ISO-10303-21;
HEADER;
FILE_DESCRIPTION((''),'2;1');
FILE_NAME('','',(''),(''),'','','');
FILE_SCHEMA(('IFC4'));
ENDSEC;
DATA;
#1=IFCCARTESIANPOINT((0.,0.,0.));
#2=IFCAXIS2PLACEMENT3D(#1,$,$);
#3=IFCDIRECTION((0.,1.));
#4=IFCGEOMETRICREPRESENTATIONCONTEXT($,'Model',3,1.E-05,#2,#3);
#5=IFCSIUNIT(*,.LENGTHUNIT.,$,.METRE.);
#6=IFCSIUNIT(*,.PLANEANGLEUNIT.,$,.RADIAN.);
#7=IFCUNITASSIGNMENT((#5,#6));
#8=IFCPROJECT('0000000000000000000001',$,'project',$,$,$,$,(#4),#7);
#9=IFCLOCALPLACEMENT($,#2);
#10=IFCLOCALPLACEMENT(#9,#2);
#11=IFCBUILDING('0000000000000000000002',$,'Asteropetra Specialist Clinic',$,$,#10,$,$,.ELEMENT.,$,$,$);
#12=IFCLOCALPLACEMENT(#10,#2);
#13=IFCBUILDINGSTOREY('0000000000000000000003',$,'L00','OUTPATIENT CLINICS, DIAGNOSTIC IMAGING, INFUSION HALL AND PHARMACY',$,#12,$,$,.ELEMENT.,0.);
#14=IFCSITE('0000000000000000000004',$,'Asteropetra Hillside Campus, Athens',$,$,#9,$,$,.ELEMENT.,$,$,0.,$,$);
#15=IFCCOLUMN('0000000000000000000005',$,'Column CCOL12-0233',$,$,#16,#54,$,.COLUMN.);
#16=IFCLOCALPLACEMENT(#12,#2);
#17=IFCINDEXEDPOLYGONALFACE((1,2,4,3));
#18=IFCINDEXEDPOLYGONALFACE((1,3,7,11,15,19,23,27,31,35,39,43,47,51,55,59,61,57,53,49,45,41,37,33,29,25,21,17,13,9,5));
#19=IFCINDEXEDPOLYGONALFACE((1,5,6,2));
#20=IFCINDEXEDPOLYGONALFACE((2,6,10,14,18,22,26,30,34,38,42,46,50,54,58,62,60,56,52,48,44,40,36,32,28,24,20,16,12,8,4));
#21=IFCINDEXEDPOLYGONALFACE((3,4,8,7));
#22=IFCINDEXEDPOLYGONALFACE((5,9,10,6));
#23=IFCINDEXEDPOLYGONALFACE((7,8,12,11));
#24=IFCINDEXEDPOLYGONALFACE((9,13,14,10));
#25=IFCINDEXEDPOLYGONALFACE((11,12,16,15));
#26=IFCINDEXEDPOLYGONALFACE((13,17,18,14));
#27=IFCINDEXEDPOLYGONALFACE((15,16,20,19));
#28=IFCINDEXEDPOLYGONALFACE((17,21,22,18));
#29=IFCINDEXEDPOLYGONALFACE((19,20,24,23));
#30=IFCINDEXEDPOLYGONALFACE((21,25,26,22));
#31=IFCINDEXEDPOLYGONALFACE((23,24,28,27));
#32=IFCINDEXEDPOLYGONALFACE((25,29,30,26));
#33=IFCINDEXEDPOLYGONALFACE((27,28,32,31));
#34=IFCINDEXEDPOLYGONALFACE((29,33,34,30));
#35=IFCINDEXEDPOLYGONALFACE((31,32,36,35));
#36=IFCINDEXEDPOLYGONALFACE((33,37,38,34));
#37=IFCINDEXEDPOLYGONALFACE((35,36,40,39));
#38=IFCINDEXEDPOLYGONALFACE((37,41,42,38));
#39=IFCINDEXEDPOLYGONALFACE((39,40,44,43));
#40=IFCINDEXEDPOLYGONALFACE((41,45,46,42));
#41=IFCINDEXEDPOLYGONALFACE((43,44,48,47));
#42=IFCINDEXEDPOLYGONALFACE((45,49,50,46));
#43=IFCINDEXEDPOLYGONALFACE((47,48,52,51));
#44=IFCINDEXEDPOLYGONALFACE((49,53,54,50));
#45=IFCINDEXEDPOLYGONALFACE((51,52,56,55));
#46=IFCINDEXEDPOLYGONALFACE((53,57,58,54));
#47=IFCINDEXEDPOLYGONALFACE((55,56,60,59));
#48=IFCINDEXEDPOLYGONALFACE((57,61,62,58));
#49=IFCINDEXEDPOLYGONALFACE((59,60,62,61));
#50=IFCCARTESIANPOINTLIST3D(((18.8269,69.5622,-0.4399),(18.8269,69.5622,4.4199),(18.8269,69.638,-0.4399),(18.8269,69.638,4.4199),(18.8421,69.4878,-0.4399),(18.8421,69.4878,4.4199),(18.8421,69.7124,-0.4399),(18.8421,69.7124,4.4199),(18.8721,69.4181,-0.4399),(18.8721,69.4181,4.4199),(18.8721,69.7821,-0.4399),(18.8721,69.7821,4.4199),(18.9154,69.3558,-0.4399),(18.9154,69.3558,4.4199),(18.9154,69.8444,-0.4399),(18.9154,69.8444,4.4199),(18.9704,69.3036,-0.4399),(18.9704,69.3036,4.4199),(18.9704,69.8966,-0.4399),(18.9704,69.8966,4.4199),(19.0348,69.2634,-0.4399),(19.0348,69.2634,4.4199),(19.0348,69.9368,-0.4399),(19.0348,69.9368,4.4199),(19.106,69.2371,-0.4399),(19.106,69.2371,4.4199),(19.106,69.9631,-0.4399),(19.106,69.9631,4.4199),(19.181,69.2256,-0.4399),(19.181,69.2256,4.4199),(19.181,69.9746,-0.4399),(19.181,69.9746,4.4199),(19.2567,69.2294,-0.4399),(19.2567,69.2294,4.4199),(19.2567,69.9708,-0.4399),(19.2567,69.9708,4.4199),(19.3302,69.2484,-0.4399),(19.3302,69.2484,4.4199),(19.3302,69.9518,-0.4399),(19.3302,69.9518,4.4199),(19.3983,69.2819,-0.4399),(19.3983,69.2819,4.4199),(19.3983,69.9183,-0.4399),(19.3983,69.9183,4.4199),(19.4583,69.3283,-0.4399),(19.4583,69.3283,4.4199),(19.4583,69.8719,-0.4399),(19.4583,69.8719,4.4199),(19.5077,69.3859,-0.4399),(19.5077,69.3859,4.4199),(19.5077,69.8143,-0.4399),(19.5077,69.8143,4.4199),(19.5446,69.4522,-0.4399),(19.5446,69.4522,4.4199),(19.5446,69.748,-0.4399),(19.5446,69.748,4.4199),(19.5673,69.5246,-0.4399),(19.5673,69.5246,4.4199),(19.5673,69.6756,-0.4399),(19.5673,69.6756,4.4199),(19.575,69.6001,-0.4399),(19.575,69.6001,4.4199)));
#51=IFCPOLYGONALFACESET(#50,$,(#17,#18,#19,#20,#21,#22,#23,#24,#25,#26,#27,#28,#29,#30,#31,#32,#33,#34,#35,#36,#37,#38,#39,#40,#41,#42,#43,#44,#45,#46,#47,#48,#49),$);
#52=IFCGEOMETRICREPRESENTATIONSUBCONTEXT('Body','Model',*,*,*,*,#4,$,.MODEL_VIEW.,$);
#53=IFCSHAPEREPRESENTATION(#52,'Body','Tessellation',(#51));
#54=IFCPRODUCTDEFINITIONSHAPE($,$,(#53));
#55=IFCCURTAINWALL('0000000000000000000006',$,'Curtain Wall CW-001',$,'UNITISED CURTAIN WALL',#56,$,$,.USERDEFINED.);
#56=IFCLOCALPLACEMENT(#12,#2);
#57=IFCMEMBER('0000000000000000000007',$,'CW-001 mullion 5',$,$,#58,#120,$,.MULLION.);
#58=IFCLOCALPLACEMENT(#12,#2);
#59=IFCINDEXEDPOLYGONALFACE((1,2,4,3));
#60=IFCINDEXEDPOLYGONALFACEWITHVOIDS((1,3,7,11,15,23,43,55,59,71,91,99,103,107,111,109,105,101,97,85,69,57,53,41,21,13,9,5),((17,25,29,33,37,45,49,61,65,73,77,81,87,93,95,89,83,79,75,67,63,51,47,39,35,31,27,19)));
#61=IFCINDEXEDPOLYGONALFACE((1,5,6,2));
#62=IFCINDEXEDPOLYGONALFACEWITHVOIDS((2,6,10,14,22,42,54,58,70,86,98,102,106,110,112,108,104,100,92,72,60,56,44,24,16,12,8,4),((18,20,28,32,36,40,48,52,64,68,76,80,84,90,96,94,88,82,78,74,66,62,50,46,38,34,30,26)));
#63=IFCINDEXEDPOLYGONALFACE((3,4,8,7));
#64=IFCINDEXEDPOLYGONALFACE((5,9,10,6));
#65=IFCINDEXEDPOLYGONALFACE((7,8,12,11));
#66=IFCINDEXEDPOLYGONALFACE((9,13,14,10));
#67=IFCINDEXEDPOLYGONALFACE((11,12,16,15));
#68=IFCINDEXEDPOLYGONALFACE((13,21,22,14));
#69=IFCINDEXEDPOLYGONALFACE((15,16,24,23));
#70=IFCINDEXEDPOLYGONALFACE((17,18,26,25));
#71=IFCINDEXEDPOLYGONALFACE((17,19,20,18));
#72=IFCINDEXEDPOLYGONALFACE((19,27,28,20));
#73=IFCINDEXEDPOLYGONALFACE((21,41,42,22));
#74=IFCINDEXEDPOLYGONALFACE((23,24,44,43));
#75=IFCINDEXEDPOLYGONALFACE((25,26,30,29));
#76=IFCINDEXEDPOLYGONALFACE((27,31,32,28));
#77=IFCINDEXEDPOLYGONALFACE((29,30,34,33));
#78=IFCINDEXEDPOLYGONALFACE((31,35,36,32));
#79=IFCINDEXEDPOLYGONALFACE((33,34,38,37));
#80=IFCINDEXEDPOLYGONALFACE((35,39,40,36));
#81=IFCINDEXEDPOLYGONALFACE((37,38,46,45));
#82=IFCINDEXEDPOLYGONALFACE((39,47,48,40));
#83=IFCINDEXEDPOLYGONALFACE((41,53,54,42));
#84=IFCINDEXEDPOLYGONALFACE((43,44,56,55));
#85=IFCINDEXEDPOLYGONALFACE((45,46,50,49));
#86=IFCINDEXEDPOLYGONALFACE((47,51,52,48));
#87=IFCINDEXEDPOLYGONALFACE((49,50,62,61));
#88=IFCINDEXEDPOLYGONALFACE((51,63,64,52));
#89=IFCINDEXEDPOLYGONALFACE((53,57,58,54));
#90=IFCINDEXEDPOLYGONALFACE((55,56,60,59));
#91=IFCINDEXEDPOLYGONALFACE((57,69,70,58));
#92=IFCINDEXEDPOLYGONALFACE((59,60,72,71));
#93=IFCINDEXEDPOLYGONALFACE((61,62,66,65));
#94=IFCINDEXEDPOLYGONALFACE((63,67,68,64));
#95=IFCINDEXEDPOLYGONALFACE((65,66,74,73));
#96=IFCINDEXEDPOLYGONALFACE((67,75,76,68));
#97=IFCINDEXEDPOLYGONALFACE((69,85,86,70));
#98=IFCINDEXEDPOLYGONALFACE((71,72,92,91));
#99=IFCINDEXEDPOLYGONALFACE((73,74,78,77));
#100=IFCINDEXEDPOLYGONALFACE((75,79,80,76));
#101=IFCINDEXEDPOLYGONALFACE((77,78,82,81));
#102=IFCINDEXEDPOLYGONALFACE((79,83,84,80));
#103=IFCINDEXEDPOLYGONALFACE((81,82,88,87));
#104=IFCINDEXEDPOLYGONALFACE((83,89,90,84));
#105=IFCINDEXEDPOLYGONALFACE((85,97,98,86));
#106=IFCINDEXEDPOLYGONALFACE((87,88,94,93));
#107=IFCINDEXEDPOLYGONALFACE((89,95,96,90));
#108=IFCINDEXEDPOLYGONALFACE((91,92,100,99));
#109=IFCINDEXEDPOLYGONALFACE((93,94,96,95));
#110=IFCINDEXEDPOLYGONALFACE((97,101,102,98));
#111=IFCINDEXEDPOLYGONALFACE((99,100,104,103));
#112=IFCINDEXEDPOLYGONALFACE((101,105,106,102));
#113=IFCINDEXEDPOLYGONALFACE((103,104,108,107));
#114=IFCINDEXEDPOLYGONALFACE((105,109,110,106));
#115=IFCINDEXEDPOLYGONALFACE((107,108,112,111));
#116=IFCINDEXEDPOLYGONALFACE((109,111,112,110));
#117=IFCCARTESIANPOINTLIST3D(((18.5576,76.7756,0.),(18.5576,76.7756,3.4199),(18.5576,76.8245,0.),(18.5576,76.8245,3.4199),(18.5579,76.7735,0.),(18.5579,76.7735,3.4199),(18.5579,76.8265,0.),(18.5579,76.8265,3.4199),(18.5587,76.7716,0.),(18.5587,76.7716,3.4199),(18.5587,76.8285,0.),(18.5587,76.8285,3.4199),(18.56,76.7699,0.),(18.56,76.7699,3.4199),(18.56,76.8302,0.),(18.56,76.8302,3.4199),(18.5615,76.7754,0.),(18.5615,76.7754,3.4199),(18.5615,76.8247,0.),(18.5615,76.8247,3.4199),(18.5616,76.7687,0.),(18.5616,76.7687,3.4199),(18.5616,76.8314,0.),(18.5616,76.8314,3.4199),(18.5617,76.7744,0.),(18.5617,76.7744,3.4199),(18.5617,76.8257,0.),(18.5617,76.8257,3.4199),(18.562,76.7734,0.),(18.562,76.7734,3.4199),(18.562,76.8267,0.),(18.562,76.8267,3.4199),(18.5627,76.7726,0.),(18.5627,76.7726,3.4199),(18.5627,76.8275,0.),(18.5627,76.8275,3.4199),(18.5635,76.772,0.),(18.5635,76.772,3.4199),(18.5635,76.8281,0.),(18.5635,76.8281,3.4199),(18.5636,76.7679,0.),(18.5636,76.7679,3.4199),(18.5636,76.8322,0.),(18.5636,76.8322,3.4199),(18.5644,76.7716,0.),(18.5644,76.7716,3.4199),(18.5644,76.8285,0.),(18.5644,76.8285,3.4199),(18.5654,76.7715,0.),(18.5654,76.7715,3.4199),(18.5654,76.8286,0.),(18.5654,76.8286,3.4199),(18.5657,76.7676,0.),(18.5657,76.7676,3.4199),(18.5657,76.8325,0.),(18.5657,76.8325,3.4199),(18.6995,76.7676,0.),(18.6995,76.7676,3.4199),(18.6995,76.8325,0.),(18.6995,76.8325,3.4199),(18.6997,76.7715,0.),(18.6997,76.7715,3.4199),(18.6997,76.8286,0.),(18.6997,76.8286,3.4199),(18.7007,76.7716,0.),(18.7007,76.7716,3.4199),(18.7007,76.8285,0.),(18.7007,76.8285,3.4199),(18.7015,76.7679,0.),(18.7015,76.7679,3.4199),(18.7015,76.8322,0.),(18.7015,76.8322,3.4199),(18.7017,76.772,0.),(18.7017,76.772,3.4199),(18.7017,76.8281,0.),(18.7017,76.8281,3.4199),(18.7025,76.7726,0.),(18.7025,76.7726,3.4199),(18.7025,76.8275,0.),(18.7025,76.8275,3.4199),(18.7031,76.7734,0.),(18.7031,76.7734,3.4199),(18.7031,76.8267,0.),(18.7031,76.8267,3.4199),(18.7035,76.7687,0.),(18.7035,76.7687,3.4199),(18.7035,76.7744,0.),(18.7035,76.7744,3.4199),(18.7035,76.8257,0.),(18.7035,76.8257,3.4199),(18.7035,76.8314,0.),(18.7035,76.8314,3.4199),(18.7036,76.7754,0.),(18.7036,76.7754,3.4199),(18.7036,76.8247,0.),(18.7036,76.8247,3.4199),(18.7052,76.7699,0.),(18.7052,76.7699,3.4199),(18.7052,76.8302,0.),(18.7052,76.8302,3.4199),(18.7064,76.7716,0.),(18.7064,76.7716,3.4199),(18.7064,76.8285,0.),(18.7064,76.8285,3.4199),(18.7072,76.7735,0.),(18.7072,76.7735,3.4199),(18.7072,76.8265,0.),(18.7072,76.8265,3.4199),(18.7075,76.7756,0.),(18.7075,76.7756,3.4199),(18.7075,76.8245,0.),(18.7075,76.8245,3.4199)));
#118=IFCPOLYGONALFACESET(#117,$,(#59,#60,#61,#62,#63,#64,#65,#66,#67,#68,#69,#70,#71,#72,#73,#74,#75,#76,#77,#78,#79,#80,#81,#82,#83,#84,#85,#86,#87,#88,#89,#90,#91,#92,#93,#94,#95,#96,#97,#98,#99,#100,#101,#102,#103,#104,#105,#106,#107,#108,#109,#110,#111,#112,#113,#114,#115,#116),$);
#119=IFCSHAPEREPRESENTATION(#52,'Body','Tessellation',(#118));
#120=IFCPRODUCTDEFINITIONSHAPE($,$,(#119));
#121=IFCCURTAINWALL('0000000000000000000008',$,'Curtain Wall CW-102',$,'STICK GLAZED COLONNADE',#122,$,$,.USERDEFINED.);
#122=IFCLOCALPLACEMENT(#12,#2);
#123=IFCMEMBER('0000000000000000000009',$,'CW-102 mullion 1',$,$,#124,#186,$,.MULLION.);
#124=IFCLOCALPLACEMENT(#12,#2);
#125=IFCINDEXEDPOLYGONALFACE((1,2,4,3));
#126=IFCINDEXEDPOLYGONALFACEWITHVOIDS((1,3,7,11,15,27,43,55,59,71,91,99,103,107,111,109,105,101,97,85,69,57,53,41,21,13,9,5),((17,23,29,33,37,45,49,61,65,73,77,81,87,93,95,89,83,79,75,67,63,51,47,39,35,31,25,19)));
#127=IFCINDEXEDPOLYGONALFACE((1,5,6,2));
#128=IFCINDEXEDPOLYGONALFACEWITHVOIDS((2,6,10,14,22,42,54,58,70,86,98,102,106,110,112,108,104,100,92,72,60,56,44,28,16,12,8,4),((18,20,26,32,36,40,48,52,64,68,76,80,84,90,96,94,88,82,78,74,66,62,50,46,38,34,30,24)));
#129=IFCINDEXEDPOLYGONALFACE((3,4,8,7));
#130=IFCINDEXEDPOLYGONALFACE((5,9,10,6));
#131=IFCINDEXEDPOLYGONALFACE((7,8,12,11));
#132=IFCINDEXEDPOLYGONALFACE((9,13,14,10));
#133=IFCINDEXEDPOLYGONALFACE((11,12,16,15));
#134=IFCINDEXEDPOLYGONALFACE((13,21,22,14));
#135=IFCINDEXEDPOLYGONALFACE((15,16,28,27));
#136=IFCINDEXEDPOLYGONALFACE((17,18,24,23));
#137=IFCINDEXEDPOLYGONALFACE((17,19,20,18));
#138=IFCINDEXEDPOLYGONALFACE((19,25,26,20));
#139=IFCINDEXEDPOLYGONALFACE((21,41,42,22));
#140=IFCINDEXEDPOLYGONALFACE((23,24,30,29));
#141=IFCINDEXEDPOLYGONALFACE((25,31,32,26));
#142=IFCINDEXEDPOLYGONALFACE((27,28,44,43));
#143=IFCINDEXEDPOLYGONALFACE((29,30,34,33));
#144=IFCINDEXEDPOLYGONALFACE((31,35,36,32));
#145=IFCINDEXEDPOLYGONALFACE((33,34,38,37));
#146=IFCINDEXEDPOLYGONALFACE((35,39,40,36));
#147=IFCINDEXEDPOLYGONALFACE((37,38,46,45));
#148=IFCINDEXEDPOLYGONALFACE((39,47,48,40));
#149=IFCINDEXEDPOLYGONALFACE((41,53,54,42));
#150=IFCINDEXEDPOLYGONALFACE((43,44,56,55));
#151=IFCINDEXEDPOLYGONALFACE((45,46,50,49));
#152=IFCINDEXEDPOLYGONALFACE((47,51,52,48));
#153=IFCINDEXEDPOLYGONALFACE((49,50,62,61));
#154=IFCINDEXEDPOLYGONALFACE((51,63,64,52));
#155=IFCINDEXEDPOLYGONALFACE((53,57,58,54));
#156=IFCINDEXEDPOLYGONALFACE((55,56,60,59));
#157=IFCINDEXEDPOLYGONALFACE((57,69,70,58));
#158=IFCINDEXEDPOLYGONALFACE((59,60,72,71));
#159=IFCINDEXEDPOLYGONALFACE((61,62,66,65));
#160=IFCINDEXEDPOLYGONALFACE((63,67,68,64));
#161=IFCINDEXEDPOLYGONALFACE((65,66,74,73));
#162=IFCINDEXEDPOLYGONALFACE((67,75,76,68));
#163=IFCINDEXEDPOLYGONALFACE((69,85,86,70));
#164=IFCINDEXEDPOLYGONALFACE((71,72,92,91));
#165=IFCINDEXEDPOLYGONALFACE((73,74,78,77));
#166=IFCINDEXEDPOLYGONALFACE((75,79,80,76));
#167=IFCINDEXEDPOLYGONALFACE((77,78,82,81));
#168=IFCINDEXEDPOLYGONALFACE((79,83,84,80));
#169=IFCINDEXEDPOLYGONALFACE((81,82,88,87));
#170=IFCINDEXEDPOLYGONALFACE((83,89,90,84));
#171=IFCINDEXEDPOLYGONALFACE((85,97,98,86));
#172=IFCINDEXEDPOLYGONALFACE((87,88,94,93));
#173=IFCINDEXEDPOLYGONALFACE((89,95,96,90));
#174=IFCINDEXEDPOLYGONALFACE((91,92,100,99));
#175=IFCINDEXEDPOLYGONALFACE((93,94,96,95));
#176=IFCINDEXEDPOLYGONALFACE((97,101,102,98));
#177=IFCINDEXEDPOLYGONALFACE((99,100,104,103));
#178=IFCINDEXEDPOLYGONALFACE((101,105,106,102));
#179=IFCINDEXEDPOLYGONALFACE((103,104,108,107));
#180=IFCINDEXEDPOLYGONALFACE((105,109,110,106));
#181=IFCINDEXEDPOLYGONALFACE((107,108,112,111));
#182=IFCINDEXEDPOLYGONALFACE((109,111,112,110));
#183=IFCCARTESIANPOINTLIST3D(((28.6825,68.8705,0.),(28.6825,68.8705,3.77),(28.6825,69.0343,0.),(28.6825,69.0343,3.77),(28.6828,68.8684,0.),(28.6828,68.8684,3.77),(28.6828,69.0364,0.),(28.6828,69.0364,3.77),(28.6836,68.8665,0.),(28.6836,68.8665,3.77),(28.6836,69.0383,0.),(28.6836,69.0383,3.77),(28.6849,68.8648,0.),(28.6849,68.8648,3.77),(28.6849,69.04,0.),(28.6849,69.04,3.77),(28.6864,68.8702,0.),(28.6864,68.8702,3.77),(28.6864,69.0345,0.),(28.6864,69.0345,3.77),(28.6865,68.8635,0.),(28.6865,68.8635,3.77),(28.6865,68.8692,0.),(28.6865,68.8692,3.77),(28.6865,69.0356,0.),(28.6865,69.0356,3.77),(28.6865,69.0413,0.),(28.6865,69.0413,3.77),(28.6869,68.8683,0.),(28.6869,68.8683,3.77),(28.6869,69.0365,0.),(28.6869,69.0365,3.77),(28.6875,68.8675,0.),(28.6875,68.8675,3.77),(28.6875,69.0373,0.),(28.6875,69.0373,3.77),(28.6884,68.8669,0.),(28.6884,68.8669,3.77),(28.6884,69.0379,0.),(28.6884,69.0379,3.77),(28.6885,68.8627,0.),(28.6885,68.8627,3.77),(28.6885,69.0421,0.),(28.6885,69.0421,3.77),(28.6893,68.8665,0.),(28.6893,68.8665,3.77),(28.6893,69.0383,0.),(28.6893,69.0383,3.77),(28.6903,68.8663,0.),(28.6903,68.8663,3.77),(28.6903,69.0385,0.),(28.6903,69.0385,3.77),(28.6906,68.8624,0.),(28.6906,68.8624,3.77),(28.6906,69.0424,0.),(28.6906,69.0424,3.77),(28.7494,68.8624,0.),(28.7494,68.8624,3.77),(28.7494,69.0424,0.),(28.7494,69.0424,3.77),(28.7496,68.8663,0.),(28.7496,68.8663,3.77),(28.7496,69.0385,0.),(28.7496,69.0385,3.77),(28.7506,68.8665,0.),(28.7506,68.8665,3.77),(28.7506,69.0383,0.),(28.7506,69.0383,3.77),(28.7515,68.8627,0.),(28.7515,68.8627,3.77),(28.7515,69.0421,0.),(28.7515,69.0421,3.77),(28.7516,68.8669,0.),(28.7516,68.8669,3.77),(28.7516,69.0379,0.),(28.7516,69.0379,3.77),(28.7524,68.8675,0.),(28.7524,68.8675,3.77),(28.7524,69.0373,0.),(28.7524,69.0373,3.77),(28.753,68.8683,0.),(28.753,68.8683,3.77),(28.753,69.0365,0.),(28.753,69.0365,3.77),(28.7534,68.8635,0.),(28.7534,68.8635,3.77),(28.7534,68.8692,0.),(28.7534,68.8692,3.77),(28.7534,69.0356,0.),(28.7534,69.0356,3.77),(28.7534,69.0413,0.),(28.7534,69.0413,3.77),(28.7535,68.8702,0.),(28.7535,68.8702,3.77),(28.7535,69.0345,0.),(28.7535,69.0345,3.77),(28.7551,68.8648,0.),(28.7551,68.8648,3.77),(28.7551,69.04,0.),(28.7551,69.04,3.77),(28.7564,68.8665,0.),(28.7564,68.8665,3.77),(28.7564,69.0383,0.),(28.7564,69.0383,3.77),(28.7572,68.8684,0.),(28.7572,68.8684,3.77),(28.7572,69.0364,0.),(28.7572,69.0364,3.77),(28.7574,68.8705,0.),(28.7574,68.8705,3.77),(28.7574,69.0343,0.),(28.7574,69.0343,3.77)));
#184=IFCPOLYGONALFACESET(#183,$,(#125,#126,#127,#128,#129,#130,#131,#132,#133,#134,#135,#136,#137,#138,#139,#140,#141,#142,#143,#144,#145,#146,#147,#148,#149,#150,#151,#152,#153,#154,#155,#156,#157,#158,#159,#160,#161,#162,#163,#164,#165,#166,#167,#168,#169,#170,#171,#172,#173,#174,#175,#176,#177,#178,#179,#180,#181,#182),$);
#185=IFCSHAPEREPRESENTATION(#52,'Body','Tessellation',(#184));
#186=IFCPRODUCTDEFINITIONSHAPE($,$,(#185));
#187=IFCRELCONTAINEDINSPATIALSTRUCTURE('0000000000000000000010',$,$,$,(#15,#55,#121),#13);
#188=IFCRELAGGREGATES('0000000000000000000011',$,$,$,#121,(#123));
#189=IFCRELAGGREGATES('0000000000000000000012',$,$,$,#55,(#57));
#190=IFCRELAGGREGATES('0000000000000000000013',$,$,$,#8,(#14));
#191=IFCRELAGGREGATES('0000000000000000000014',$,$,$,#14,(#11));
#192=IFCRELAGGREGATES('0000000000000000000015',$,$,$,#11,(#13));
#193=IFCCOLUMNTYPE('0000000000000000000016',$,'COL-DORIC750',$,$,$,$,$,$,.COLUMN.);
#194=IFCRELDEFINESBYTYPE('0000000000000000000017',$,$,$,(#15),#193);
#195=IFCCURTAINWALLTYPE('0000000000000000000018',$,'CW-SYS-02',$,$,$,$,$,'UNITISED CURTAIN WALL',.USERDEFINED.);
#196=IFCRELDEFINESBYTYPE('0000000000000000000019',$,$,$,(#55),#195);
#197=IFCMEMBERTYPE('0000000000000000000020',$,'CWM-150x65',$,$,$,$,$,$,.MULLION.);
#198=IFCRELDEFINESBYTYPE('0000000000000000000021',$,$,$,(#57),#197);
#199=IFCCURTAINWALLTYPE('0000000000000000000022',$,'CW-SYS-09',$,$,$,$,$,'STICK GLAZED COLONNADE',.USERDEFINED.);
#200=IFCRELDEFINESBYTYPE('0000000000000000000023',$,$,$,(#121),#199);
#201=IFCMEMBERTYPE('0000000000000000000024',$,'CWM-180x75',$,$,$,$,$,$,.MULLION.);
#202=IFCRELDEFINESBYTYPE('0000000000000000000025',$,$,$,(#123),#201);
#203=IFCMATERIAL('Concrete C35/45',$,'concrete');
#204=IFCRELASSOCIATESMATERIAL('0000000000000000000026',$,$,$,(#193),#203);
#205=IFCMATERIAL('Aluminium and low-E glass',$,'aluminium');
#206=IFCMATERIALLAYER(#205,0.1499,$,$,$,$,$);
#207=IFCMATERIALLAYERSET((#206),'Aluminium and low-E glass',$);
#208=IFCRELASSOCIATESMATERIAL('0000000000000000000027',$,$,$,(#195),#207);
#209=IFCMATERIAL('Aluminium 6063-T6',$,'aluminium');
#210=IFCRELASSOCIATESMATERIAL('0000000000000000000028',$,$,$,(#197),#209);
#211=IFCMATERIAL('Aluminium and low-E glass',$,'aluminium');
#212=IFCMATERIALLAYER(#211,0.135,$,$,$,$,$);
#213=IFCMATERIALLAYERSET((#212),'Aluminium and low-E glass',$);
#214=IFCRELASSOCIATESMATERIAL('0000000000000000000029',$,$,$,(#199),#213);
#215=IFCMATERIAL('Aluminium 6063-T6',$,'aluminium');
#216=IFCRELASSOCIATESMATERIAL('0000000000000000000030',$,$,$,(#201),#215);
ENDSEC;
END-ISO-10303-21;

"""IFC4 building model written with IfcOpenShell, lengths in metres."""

from ifc_helpers import new_model, si_unit, direction, frame, origin, origin_2d, place, context, subcontext, project, spatial, hollow_rectangle, circle, extrude, material, layer, layer_set, material_profile, profile_set, type_object, element, aggregate, save


model = new_model("IFC4")

# Units and contexts
model_context = context("Model", 3, precision=1e-05, world=origin(), true_north=direction((0.0, 1.0)))
body_context = subcontext(model_context, "Body", "Model", "MODEL_VIEW")
ifc_project = project(units=[si_unit("LENGTHUNIT", "METRE"), si_unit("PLANEANGLEUNIT", "RADIAN")], contexts=[model_context])

# Site, building, storey
site_placement = place(None, origin())
site = spatial("IfcSite", under=ifc_project, at=site_placement, Name="Asteropetra Hillside Campus, Athens", CompositionType="ELEMENT", RefElevation=0.0)
building_placement = place(site_placement, origin())
building = spatial("IfcBuilding", under=site, at=building_placement, Name="Asteropetra Specialist Clinic", CompositionType="ELEMENT")
storey_placement = place(building_placement, origin())
storey = spatial("IfcBuildingStorey", under=building, at=storey_placement, Name="L00", Description="OUTPATIENT CLINICS, DIAGNOSTIC IMAGING, INFUSION HALL AND PHARMACY", CompositionType="ELEMENT", Elevation=0.0)

# Column
ifc_material_1 = material(Name="Concrete C35/45", Category="concrete")
ifc_material_profile_1 = material_profile(ifc_material_1, circle(Radius=0.375, at=origin_2d()), Name="RCC D750")
ifc_profile_set_1 = profile_set([ifc_material_profile_1], Name="Concrete C35/45")
column_type = type_object("IfcColumnType", Name="COL-DORIC750", PredefinedType="COLUMN", material=ifc_profile_set_1)
column_placement = place(storey_placement, frame((19.2, 69.6001, -0.4399), z_axis=(0.0, 0.0, 1.0), x_axis=(1.0, 0.0, 0.0)))
element("IfcColumn", 1, at=column_placement, inside=storey, type_object=column_type, Name="Column CCOL12-0233", PredefinedType="COLUMN", context=body_context, shape_type="SweptSolid", body=[
    extrude(circle(Radius=0.375, at=origin_2d()), origin(), (0.0, 0.0, 1.0), 4.8599),
])

# Curtain wall, member
ifc_material_2 = material(Name="Aluminium and low-E glass", Category="aluminium")
ifc_layer_1 = layer(ifc_material_2, 0.1499)
ifc_layer_set_1 = layer_set([ifc_layer_1], Name="Aluminium and low-E glass")
curtain_wall_type_1 = type_object("IfcCurtainWallType", Name="CW-SYS-02", ElementType="UNITISED CURTAIN WALL", PredefinedType="USERDEFINED", material=ifc_layer_set_1)
curtain_wall_1_placement = place(storey_placement, origin())
curtain_wall_1 = element("IfcCurtainWall", 2, at=curtain_wall_1_placement, inside=storey, type_object=curtain_wall_type_1, Name="Curtain Wall CW-001", ObjectType="UNITISED CURTAIN WALL", PredefinedType="USERDEFINED")
ifc_material_3 = material(Name="Aluminium 6063-T6", Category="aluminium")
ifc_material_profile_2 = material_profile(ifc_material_3, hollow_rectangle(XDim=0.0649, YDim=0.1499, WallThickness=0.0039, InnerFilletRadius=0.0039, OuterFilletRadius=0.0081, at=origin_2d()), Name="MUL 150x65x4.0")
ifc_profile_set_2 = profile_set([ifc_material_profile_2], Name="Aluminium 6063-T6")
member_type_1 = type_object("IfcMemberType", Name="CWM-150x65", PredefinedType="MULLION", material=ifc_profile_set_2)
member_1_placement = place(storey_placement, frame((18.6326, 76.8, 0.0), z_axis=(0.0, 0.0, 1.0), x_axis=(0.0, 1.0, 0.0)))
member_1 = element("IfcMember", 3, at=member_1_placement, type_object=member_type_1, Name="CW-001 mullion 5", PredefinedType="MULLION", context=body_context, shape_type="SweptSolid", body=[
    extrude(hollow_rectangle(XDim=0.0649, YDim=0.1499, WallThickness=0.0039, InnerFilletRadius=0.0039, OuterFilletRadius=0.0081, at=origin_2d()), origin(), (0.0, 0.0, 1.0), 3.4199),
])

# Curtain wall, member
ifc_material_4 = material(Name="Aluminium and low-E glass", Category="aluminium")
ifc_layer_2 = layer(ifc_material_4, 0.135)
ifc_layer_set_2 = layer_set([ifc_layer_2], Name="Aluminium and low-E glass")
curtain_wall_type_2 = type_object("IfcCurtainWallType", Name="CW-SYS-09", ElementType="STICK GLAZED COLONNADE", PredefinedType="USERDEFINED", material=ifc_layer_set_2)
curtain_wall_2_placement = place(storey_placement, origin())
curtain_wall_2 = element("IfcCurtainWall", 4, at=curtain_wall_2_placement, inside=storey, type_object=curtain_wall_type_2, Name="Curtain Wall CW-102", ObjectType="STICK GLAZED COLONNADE", PredefinedType="USERDEFINED")
ifc_material_5 = material(Name="Aluminium 6063-T6", Category="aluminium")
ifc_material_profile_3 = material_profile(ifc_material_5, hollow_rectangle(XDim=0.075, YDim=0.1799, WallThickness=0.0039, InnerFilletRadius=0.0039, OuterFilletRadius=0.0081, at=origin_2d()), Name="MUL 180x75x4.0")
ifc_profile_set_3 = profile_set([ifc_material_profile_3], Name="Aluminium 6063-T6")
member_type_2 = type_object("IfcMemberType", Name="CWM-180x75", PredefinedType="MULLION", material=ifc_profile_set_3)
member_2_placement = place(storey_placement, frame((28.72, 68.9524, 0.0), z_axis=(0.0, 0.0, 1.0), x_axis=(1.0, 0.0, 0.0)))
member_2 = element("IfcMember", 5, at=member_2_placement, type_object=member_type_2, Name="CW-102 mullion 1", PredefinedType="MULLION", context=body_context, shape_type="SweptSolid", body=[
    extrude(hollow_rectangle(XDim=0.075, YDim=0.1799, WallThickness=0.0039, InnerFilletRadius=0.0039, OuterFilletRadius=0.0081, at=origin_2d()), origin(), (0.0, 0.0, 1.0), 3.77),
])
aggregate(curtain_wall_2, [member_2])

aggregate(curtain_wall_1, [member_1])

save(model, "model.ifc")
